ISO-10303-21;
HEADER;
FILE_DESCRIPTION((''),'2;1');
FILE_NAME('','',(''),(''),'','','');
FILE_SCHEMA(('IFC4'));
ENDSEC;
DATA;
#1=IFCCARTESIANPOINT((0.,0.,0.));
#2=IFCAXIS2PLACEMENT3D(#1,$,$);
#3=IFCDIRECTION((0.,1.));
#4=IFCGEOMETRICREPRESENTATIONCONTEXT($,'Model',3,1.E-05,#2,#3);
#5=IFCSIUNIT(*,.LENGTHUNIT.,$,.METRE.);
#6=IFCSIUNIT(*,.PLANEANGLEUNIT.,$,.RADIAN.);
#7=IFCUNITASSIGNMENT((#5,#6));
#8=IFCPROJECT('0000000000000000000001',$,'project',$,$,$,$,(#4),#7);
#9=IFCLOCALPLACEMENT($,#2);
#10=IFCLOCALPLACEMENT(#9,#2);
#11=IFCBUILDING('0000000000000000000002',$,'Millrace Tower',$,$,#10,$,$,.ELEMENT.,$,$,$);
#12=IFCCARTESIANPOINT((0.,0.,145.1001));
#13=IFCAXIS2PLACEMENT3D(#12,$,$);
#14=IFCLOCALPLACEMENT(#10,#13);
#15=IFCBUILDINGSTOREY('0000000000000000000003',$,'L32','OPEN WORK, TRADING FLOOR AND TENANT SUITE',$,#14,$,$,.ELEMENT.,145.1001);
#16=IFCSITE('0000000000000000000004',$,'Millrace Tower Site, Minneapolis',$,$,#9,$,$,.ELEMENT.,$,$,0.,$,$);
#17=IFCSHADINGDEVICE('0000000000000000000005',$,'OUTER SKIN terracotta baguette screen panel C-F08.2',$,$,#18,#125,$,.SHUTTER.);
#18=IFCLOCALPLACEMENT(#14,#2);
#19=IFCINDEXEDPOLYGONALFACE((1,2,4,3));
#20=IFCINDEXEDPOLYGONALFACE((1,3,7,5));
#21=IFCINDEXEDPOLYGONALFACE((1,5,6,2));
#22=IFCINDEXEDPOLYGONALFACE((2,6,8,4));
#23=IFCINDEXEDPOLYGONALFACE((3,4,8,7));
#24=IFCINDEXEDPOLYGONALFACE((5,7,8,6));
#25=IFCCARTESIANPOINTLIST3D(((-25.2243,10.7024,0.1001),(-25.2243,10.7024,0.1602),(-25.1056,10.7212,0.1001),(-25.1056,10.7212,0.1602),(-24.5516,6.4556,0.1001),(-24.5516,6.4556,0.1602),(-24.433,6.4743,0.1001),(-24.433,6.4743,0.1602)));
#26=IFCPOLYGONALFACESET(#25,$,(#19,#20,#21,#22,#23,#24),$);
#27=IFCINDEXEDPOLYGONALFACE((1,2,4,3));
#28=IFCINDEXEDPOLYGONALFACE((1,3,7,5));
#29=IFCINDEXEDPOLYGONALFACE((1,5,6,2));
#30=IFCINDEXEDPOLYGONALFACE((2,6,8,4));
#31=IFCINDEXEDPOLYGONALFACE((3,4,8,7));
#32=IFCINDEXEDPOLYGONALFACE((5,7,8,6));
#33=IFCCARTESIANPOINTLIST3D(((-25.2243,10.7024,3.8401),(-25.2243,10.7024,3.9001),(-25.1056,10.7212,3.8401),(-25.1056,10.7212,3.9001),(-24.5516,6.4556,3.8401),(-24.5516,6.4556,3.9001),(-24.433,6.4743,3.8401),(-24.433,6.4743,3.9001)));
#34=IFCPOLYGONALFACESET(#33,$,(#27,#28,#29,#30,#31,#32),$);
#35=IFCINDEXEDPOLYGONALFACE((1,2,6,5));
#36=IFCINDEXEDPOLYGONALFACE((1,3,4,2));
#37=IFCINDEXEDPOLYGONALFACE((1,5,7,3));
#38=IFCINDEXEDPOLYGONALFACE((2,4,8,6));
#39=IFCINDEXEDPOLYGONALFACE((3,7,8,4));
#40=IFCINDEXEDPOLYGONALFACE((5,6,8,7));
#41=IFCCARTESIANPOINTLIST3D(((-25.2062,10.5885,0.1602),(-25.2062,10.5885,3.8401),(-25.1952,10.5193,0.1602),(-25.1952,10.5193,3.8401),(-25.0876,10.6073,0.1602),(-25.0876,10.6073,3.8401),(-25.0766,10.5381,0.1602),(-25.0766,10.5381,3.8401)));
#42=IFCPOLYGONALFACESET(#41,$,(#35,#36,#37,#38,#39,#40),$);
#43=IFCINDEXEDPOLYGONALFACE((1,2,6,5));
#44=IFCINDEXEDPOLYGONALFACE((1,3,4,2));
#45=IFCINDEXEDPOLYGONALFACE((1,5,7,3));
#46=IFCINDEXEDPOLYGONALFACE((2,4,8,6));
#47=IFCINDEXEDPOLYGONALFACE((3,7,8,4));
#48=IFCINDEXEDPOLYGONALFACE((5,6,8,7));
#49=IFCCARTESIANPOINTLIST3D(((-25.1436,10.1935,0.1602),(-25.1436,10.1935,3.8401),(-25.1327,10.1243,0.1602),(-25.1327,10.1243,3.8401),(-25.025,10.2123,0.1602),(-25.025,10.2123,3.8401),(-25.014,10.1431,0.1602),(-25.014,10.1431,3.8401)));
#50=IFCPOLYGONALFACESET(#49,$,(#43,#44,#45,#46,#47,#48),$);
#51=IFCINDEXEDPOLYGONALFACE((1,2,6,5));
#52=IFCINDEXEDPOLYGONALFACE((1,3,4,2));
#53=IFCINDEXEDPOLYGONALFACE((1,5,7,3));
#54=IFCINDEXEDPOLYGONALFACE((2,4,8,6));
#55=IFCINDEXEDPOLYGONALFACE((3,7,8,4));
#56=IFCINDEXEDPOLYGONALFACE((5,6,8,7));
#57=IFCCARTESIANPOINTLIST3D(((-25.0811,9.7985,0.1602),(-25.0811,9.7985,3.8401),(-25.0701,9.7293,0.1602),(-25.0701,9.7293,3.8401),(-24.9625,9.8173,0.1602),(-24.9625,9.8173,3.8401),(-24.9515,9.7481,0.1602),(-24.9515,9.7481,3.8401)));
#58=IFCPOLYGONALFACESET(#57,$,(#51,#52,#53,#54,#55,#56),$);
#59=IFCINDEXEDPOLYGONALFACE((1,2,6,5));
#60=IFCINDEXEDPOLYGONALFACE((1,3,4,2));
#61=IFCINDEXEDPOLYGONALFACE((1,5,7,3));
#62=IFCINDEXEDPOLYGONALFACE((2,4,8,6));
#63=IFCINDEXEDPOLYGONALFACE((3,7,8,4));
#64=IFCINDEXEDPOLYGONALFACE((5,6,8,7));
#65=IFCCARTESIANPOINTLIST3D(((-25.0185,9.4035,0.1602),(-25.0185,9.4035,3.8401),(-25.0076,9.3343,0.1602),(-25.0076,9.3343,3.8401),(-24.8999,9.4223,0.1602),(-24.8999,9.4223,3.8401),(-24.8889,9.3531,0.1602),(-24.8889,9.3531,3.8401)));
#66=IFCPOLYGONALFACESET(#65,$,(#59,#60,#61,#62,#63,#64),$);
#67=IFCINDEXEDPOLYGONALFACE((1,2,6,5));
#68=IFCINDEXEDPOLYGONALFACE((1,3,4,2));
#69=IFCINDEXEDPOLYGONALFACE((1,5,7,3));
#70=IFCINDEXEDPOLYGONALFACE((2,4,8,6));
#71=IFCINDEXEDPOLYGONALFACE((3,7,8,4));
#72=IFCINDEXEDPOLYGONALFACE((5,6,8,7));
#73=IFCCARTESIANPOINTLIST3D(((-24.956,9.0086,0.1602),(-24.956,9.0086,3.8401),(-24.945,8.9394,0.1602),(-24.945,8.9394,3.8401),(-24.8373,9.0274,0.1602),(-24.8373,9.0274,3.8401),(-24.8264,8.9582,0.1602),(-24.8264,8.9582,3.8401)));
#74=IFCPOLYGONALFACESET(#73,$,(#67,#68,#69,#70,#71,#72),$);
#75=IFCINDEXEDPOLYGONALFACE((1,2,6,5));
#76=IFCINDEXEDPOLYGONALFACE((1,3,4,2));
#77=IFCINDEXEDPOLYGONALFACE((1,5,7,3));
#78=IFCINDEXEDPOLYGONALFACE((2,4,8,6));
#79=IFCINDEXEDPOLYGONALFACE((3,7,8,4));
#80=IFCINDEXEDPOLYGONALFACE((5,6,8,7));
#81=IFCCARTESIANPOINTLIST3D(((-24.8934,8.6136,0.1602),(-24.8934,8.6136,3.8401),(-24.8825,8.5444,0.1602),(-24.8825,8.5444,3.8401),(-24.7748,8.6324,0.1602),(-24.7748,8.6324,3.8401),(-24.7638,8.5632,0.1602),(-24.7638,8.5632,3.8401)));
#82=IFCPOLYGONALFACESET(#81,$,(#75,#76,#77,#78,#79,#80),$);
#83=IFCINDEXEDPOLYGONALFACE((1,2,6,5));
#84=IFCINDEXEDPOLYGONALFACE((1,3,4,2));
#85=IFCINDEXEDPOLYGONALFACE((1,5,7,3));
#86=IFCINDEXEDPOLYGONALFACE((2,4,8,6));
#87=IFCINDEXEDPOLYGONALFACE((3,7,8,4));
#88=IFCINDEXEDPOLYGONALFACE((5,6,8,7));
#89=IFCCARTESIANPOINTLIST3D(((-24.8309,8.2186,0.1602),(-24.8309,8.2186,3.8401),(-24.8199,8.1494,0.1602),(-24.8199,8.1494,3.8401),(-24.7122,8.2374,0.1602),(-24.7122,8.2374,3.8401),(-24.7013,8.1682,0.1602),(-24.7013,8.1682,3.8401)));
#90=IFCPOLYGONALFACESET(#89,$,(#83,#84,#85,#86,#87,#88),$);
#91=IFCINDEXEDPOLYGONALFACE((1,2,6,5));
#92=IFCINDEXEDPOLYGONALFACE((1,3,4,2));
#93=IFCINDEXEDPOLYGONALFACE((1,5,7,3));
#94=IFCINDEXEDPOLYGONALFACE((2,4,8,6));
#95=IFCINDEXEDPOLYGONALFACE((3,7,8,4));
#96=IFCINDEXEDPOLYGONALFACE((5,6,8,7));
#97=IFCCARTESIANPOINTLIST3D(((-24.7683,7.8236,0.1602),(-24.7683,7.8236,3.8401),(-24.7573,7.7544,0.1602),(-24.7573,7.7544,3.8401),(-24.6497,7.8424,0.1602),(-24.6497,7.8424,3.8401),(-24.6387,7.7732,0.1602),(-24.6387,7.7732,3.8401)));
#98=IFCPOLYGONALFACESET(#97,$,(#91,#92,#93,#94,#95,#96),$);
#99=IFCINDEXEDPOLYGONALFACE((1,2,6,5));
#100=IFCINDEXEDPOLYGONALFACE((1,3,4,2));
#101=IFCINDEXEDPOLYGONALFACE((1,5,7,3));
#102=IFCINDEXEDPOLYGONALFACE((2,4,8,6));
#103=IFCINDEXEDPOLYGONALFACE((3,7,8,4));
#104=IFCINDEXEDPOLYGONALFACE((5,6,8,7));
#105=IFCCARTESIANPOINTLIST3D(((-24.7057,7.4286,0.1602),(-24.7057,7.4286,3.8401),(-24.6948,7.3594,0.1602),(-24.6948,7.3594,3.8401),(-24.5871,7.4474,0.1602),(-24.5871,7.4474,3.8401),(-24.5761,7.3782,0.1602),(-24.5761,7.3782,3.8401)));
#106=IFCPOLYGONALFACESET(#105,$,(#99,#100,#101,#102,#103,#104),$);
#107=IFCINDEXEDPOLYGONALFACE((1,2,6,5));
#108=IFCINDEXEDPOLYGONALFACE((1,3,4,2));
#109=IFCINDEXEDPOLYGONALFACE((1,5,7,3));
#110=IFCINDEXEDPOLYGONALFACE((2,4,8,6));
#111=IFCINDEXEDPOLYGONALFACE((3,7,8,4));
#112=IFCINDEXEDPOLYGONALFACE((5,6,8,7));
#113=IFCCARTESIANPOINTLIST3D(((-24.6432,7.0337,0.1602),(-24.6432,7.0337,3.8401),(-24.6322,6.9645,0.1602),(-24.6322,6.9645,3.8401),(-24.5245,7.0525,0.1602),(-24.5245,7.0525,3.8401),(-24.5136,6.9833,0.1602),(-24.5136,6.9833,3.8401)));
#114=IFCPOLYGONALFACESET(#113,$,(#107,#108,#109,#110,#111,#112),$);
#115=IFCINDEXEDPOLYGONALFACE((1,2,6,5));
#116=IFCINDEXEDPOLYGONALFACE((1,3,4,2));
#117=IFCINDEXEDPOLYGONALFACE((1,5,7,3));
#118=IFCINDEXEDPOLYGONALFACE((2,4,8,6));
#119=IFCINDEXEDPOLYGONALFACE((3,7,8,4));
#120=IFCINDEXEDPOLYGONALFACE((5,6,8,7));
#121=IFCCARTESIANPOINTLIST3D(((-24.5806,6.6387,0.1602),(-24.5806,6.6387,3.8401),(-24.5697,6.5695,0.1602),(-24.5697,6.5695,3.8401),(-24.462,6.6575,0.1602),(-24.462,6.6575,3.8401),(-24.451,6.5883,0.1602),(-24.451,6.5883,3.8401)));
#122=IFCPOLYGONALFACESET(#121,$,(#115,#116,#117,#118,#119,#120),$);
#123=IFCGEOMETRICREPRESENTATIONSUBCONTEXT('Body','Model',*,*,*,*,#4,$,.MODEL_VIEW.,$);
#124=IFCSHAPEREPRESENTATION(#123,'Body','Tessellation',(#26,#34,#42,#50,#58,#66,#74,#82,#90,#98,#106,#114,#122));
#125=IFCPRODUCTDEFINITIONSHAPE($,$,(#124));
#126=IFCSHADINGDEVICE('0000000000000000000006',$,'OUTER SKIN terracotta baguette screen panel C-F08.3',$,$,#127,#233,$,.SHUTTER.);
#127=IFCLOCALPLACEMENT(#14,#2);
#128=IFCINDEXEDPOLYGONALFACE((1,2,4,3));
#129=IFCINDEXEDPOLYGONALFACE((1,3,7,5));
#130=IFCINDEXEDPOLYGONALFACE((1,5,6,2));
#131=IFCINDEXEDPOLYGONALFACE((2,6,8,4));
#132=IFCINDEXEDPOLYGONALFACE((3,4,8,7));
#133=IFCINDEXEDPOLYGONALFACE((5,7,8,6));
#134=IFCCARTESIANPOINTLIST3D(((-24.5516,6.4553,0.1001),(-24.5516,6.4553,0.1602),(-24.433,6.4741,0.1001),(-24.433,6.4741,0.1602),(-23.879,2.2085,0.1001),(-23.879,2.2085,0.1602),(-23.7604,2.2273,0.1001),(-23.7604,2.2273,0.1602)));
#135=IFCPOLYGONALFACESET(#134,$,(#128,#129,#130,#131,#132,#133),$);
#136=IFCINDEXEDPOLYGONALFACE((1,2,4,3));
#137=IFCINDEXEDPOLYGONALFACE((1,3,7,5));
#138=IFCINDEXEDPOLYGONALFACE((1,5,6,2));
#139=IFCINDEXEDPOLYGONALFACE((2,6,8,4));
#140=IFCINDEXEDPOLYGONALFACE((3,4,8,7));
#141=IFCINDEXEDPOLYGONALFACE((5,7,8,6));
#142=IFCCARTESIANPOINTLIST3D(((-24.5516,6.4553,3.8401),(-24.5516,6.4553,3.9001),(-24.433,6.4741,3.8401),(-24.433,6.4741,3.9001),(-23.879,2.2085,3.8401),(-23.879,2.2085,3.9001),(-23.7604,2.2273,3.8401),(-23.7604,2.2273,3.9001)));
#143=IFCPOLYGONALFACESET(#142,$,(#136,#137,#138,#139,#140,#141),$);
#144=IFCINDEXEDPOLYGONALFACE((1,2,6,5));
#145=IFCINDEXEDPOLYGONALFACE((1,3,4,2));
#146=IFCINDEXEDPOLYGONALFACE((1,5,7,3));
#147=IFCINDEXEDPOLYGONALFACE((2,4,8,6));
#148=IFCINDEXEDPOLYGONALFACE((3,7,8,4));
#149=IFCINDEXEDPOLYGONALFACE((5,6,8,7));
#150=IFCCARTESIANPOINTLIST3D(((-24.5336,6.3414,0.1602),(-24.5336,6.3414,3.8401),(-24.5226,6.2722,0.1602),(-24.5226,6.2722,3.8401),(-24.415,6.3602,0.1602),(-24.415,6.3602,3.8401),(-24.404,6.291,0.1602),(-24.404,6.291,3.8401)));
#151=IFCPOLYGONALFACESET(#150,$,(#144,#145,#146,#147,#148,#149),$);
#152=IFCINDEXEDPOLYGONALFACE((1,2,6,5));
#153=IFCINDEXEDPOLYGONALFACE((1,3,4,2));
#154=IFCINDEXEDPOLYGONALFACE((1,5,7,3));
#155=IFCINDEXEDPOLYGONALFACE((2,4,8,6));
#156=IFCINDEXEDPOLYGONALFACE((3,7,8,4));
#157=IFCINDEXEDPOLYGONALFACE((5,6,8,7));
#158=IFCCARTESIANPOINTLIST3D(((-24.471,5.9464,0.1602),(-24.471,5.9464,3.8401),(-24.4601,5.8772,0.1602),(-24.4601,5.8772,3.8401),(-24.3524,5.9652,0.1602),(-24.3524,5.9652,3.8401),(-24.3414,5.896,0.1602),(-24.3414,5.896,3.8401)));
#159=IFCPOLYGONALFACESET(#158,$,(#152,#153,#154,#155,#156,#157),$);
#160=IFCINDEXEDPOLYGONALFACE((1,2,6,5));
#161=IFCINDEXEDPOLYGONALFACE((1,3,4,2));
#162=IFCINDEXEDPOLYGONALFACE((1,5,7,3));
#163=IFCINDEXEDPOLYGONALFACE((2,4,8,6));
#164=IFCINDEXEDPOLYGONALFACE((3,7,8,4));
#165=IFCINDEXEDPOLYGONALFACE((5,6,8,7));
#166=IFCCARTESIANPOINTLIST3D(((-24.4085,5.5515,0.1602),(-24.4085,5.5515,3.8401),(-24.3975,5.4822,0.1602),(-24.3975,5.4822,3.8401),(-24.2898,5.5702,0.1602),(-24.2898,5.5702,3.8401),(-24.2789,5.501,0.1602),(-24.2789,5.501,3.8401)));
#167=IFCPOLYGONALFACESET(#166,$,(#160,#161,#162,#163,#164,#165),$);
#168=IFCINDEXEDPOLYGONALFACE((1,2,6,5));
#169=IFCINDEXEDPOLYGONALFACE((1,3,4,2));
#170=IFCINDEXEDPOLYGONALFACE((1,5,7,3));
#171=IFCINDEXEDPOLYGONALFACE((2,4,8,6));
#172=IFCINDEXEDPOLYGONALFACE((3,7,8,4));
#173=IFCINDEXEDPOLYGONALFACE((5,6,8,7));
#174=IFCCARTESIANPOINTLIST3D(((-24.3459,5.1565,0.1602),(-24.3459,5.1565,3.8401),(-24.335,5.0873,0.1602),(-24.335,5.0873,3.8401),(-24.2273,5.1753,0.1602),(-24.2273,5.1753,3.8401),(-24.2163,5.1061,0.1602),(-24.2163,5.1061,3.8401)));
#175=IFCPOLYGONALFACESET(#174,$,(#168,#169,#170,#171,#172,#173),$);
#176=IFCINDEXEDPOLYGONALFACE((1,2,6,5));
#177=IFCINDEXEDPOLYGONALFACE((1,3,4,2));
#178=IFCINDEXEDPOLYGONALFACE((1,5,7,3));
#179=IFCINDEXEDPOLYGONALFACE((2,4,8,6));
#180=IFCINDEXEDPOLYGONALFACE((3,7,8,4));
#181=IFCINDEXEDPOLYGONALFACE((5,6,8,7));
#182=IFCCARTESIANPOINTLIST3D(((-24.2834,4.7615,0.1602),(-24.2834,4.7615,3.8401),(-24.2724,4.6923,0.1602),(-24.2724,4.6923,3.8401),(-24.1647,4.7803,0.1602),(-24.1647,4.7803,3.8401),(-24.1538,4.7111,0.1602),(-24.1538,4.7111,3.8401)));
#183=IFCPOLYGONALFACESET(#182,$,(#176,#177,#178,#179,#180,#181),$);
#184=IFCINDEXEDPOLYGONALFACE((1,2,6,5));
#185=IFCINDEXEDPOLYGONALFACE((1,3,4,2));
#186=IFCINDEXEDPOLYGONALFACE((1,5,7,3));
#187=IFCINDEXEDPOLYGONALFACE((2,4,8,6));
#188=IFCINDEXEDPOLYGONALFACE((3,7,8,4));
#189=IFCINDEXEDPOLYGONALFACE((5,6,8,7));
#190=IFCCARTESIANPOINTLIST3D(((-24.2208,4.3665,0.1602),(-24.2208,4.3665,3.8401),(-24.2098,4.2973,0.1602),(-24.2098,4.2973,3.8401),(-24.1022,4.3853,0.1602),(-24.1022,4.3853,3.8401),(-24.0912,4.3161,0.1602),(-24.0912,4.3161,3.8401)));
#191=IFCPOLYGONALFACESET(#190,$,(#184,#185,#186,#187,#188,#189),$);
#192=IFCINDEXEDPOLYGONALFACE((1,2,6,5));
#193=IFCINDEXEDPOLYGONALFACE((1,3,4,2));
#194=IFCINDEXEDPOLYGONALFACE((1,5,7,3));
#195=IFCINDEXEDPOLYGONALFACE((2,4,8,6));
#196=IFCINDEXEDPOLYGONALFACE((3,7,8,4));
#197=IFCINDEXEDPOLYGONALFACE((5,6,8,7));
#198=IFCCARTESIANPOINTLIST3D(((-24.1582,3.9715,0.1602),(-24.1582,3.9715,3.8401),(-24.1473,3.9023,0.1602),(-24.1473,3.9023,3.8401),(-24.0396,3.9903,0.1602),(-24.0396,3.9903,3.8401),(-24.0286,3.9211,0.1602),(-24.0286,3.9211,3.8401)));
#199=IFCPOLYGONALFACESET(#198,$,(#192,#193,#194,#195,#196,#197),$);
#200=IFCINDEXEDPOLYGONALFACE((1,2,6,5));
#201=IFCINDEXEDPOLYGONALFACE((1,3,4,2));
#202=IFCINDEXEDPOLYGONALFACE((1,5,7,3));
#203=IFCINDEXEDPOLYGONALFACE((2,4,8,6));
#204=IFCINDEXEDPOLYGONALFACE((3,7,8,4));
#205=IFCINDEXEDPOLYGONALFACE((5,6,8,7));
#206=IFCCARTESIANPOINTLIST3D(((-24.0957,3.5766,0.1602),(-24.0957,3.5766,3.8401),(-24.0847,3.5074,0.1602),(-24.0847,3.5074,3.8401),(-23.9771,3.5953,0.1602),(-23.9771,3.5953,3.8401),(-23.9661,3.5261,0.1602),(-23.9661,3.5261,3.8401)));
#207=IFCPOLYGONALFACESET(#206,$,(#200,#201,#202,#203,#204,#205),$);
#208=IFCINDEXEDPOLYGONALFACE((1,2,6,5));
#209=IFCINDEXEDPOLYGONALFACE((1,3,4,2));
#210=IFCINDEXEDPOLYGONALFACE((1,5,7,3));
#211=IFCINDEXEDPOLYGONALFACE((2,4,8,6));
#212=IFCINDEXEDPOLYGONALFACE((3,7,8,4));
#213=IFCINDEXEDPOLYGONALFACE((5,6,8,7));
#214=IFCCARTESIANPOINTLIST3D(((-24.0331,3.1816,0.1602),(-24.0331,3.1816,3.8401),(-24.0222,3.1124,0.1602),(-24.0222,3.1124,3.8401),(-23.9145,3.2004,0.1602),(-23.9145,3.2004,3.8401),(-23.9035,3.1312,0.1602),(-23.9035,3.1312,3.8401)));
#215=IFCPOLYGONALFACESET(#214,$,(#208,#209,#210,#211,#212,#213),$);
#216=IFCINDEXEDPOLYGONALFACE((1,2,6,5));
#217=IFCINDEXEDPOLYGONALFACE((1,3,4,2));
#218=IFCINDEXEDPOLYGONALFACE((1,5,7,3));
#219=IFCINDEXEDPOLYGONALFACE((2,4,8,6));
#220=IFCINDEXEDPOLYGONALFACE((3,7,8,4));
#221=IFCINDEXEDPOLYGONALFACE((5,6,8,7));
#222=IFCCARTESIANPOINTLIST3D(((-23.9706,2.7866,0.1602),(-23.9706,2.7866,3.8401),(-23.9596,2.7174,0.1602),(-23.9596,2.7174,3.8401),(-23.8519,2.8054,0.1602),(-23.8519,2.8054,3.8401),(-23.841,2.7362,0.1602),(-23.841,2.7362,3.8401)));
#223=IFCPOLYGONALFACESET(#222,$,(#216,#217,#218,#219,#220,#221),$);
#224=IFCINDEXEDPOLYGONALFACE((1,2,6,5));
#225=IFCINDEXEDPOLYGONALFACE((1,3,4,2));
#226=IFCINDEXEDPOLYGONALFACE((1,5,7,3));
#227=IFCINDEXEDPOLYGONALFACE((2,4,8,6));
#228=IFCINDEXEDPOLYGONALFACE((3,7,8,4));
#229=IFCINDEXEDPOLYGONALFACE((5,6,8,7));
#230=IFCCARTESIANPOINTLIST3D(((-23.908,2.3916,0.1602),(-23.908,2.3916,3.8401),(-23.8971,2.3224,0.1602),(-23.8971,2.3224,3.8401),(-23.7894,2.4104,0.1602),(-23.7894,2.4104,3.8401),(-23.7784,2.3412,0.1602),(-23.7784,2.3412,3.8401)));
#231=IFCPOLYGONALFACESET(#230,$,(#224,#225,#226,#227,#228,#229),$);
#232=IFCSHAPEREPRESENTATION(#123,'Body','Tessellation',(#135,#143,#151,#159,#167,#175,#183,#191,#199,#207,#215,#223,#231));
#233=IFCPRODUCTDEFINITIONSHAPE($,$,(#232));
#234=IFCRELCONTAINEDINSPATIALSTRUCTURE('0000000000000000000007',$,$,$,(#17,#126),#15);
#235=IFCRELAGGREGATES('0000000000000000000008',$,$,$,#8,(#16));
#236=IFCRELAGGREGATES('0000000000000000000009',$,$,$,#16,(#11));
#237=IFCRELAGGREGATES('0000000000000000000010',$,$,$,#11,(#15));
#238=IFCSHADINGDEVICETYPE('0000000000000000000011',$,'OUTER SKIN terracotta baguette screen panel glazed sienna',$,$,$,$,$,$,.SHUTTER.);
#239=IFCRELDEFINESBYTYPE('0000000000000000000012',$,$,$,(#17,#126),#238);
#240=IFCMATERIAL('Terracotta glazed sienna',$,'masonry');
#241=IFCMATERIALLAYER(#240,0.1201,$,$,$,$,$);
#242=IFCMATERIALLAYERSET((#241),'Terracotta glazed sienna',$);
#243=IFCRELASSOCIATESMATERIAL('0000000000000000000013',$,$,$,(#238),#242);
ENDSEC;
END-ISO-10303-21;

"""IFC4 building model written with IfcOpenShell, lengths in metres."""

from ifc_helpers import new_model, entity, si_unit, direction, frame, frame_2d, origin, origin_2d, place, context, subcontext, project, spatial, rectangle, extrude, source, transform, mapped, material, layer, layer_set, type_object, element, save


model = new_model("IFC4")

# Units and contexts
model_context = context("Model", 3, precision=1e-05, world=origin(), true_north=direction((0.0, 1.0)))
body_context = subcontext(model_context, "Body", "Model", "MODEL_VIEW")
ifc_project = project(units=[si_unit("LENGTHUNIT", "METRE"), si_unit("PLANEANGLEUNIT", "RADIAN")], contexts=[model_context])

# Site, building, storey
site_placement = place(None, origin())
site = spatial("IfcSite", under=ifc_project, at=site_placement, Name="Millrace Tower Site, Minneapolis", CompositionType="ELEMENT", RefElevation=0.0)
building_placement = place(site_placement, origin())
building = spatial("IfcBuilding", under=site, at=building_placement, Name="Millrace Tower", CompositionType="ELEMENT")
storey_placement = place(building_placement, frame((0.0, 0.0, 145.1001)))
storey = spatial("IfcBuildingStorey", under=building, at=storey_placement, Name="L32", Description="OPEN WORK, TRADING FLOOR AND TENANT SUITE", CompositionType="ELEMENT", Elevation=145.1001)

# Shading devices
ifc_material_1 = material(Name="Terracotta glazed sienna", Category="masonry")
ifc_layer_1 = layer(ifc_material_1, 0.1201)
ifc_layer_set_1 = layer_set([ifc_layer_1], Name="Terracotta glazed sienna")
shading_device_type = type_object("IfcShadingDeviceType", Name="OUTER SKIN terracotta baguette screen panel glazed sienna", PredefinedType="SHUTTER", material=ifc_layer_set_1)
cartesian_point = entity("IfcCartesianPoint", [-2.1499, 0.0601])
shared_polyline = entity("IfcPolyline", [cartesian_point, entity("IfcCartesianPoint", [2.1499, 0.0601]), entity("IfcCartesianPoint", [2.1499, -0.0601]), entity("IfcCartesianPoint", [-2.1499, -0.0601]), cartesian_point])
shared_shape = source(origin(), body_context, "Body", "SweptSolid", [
    entity("IfcExtrudedAreaSolid", entity("IfcArbitraryClosedProfileDef", "AREA", None, shared_polyline), entity("IfcAxis2Placement3D", entity("IfcCartesianPoint", [0.0, 0.0, 0.0])), entity("IfcDirection", [0.0, 0.0, 1.0]), 0.0601),
    entity("IfcExtrudedAreaSolid", entity("IfcArbitraryClosedProfileDef", "AREA", None, shared_polyline), entity("IfcAxis2Placement3D", entity("IfcCartesianPoint", [0.0, 0.0, 3.74])), entity("IfcDirection", [0.0, 0.0, 1.0]), 0.0601),
    extrude(rectangle(XDim=0.0701, YDim=0.1201, at=frame_2d((-1.9995, 0.0))), frame((0.0, 0.0, 0.0601)), (0.0, 0.0, 1.0), 3.6799),
    extrude(rectangle(XDim=0.0701, YDim=0.1201, at=frame_2d((-1.5996, 0.0))), frame((0.0, 0.0, 0.0601)), (0.0, 0.0, 1.0), 3.6799),
    extrude(rectangle(XDim=0.0701, YDim=0.1201, at=frame_2d((-1.1997, 0.0))), frame((0.0, 0.0, 0.0601)), (0.0, 0.0, 1.0), 3.6799),
    extrude(rectangle(XDim=0.0701, YDim=0.1201, at=frame_2d((-0.7998, 0.0))), frame((0.0, 0.0, 0.0601)), (0.0, 0.0, 1.0), 3.6799),
    extrude(rectangle(XDim=0.0701, YDim=0.1201, at=frame_2d((-0.3999, 0.0))), frame((0.0, 0.0, 0.0601)), (0.0, 0.0, 1.0), 3.6799),
    extrude(rectangle(XDim=0.0701, YDim=0.1201, at=origin_2d()), frame((0.0, 0.0, 0.0601)), (0.0, 0.0, 1.0), 3.6799),
    extrude(rectangle(XDim=0.0701, YDim=0.1201, at=frame_2d((0.3999, 0.0))), frame((0.0, 0.0, 0.0601)), (0.0, 0.0, 1.0), 3.6799),
    extrude(rectangle(XDim=0.0701, YDim=0.1201, at=frame_2d((0.7998, 0.0))), frame((0.0, 0.0, 0.0601)), (0.0, 0.0, 1.0), 3.6799),
    extrude(rectangle(XDim=0.0701, YDim=0.1201, at=frame_2d((1.1997, 0.0))), frame((0.0, 0.0, 0.0601)), (0.0, 0.0, 1.0), 3.6799),
    extrude(rectangle(XDim=0.0701, YDim=0.1201, at=frame_2d((1.5996, 0.0))), frame((0.0, 0.0, 0.0601)), (0.0, 0.0, 1.0), 3.6799),
    extrude(rectangle(XDim=0.0701, YDim=0.1201, at=frame_2d((1.9995, 0.0))), frame((0.0, 0.0, 0.0601)), (0.0, 0.0, 1.0), 3.6799),
])
for number, where, z_axis, x_axis, name in (
    (1, (-24.8286, 8.5884, 0.1001), (0.0, 0.0, 1.0), (0.156434, -0.987688, 0.0), "OUTER SKIN terracotta baguette screen panel C-F08.2"),
    (2, (-24.156, 4.3413, 0.1001), (0.0, 0.0, 1.0), (0.156434, -0.987688, 0.0), "OUTER SKIN terracotta baguette screen panel C-F08.3"),
):
    element("IfcShadingDevice", number, at=place(storey_placement, frame(where, z_axis=z_axis, x_axis=x_axis)), inside=storey, type_object=shading_device_type, Name=name, PredefinedType="SHUTTER", context=body_context, shape_type="MappedRepresentation", body=[
        mapped(shared_shape, transform((0.0, 0.0, 0.0), scale=1.0)),
    ])

save(model, "model.ifc")
